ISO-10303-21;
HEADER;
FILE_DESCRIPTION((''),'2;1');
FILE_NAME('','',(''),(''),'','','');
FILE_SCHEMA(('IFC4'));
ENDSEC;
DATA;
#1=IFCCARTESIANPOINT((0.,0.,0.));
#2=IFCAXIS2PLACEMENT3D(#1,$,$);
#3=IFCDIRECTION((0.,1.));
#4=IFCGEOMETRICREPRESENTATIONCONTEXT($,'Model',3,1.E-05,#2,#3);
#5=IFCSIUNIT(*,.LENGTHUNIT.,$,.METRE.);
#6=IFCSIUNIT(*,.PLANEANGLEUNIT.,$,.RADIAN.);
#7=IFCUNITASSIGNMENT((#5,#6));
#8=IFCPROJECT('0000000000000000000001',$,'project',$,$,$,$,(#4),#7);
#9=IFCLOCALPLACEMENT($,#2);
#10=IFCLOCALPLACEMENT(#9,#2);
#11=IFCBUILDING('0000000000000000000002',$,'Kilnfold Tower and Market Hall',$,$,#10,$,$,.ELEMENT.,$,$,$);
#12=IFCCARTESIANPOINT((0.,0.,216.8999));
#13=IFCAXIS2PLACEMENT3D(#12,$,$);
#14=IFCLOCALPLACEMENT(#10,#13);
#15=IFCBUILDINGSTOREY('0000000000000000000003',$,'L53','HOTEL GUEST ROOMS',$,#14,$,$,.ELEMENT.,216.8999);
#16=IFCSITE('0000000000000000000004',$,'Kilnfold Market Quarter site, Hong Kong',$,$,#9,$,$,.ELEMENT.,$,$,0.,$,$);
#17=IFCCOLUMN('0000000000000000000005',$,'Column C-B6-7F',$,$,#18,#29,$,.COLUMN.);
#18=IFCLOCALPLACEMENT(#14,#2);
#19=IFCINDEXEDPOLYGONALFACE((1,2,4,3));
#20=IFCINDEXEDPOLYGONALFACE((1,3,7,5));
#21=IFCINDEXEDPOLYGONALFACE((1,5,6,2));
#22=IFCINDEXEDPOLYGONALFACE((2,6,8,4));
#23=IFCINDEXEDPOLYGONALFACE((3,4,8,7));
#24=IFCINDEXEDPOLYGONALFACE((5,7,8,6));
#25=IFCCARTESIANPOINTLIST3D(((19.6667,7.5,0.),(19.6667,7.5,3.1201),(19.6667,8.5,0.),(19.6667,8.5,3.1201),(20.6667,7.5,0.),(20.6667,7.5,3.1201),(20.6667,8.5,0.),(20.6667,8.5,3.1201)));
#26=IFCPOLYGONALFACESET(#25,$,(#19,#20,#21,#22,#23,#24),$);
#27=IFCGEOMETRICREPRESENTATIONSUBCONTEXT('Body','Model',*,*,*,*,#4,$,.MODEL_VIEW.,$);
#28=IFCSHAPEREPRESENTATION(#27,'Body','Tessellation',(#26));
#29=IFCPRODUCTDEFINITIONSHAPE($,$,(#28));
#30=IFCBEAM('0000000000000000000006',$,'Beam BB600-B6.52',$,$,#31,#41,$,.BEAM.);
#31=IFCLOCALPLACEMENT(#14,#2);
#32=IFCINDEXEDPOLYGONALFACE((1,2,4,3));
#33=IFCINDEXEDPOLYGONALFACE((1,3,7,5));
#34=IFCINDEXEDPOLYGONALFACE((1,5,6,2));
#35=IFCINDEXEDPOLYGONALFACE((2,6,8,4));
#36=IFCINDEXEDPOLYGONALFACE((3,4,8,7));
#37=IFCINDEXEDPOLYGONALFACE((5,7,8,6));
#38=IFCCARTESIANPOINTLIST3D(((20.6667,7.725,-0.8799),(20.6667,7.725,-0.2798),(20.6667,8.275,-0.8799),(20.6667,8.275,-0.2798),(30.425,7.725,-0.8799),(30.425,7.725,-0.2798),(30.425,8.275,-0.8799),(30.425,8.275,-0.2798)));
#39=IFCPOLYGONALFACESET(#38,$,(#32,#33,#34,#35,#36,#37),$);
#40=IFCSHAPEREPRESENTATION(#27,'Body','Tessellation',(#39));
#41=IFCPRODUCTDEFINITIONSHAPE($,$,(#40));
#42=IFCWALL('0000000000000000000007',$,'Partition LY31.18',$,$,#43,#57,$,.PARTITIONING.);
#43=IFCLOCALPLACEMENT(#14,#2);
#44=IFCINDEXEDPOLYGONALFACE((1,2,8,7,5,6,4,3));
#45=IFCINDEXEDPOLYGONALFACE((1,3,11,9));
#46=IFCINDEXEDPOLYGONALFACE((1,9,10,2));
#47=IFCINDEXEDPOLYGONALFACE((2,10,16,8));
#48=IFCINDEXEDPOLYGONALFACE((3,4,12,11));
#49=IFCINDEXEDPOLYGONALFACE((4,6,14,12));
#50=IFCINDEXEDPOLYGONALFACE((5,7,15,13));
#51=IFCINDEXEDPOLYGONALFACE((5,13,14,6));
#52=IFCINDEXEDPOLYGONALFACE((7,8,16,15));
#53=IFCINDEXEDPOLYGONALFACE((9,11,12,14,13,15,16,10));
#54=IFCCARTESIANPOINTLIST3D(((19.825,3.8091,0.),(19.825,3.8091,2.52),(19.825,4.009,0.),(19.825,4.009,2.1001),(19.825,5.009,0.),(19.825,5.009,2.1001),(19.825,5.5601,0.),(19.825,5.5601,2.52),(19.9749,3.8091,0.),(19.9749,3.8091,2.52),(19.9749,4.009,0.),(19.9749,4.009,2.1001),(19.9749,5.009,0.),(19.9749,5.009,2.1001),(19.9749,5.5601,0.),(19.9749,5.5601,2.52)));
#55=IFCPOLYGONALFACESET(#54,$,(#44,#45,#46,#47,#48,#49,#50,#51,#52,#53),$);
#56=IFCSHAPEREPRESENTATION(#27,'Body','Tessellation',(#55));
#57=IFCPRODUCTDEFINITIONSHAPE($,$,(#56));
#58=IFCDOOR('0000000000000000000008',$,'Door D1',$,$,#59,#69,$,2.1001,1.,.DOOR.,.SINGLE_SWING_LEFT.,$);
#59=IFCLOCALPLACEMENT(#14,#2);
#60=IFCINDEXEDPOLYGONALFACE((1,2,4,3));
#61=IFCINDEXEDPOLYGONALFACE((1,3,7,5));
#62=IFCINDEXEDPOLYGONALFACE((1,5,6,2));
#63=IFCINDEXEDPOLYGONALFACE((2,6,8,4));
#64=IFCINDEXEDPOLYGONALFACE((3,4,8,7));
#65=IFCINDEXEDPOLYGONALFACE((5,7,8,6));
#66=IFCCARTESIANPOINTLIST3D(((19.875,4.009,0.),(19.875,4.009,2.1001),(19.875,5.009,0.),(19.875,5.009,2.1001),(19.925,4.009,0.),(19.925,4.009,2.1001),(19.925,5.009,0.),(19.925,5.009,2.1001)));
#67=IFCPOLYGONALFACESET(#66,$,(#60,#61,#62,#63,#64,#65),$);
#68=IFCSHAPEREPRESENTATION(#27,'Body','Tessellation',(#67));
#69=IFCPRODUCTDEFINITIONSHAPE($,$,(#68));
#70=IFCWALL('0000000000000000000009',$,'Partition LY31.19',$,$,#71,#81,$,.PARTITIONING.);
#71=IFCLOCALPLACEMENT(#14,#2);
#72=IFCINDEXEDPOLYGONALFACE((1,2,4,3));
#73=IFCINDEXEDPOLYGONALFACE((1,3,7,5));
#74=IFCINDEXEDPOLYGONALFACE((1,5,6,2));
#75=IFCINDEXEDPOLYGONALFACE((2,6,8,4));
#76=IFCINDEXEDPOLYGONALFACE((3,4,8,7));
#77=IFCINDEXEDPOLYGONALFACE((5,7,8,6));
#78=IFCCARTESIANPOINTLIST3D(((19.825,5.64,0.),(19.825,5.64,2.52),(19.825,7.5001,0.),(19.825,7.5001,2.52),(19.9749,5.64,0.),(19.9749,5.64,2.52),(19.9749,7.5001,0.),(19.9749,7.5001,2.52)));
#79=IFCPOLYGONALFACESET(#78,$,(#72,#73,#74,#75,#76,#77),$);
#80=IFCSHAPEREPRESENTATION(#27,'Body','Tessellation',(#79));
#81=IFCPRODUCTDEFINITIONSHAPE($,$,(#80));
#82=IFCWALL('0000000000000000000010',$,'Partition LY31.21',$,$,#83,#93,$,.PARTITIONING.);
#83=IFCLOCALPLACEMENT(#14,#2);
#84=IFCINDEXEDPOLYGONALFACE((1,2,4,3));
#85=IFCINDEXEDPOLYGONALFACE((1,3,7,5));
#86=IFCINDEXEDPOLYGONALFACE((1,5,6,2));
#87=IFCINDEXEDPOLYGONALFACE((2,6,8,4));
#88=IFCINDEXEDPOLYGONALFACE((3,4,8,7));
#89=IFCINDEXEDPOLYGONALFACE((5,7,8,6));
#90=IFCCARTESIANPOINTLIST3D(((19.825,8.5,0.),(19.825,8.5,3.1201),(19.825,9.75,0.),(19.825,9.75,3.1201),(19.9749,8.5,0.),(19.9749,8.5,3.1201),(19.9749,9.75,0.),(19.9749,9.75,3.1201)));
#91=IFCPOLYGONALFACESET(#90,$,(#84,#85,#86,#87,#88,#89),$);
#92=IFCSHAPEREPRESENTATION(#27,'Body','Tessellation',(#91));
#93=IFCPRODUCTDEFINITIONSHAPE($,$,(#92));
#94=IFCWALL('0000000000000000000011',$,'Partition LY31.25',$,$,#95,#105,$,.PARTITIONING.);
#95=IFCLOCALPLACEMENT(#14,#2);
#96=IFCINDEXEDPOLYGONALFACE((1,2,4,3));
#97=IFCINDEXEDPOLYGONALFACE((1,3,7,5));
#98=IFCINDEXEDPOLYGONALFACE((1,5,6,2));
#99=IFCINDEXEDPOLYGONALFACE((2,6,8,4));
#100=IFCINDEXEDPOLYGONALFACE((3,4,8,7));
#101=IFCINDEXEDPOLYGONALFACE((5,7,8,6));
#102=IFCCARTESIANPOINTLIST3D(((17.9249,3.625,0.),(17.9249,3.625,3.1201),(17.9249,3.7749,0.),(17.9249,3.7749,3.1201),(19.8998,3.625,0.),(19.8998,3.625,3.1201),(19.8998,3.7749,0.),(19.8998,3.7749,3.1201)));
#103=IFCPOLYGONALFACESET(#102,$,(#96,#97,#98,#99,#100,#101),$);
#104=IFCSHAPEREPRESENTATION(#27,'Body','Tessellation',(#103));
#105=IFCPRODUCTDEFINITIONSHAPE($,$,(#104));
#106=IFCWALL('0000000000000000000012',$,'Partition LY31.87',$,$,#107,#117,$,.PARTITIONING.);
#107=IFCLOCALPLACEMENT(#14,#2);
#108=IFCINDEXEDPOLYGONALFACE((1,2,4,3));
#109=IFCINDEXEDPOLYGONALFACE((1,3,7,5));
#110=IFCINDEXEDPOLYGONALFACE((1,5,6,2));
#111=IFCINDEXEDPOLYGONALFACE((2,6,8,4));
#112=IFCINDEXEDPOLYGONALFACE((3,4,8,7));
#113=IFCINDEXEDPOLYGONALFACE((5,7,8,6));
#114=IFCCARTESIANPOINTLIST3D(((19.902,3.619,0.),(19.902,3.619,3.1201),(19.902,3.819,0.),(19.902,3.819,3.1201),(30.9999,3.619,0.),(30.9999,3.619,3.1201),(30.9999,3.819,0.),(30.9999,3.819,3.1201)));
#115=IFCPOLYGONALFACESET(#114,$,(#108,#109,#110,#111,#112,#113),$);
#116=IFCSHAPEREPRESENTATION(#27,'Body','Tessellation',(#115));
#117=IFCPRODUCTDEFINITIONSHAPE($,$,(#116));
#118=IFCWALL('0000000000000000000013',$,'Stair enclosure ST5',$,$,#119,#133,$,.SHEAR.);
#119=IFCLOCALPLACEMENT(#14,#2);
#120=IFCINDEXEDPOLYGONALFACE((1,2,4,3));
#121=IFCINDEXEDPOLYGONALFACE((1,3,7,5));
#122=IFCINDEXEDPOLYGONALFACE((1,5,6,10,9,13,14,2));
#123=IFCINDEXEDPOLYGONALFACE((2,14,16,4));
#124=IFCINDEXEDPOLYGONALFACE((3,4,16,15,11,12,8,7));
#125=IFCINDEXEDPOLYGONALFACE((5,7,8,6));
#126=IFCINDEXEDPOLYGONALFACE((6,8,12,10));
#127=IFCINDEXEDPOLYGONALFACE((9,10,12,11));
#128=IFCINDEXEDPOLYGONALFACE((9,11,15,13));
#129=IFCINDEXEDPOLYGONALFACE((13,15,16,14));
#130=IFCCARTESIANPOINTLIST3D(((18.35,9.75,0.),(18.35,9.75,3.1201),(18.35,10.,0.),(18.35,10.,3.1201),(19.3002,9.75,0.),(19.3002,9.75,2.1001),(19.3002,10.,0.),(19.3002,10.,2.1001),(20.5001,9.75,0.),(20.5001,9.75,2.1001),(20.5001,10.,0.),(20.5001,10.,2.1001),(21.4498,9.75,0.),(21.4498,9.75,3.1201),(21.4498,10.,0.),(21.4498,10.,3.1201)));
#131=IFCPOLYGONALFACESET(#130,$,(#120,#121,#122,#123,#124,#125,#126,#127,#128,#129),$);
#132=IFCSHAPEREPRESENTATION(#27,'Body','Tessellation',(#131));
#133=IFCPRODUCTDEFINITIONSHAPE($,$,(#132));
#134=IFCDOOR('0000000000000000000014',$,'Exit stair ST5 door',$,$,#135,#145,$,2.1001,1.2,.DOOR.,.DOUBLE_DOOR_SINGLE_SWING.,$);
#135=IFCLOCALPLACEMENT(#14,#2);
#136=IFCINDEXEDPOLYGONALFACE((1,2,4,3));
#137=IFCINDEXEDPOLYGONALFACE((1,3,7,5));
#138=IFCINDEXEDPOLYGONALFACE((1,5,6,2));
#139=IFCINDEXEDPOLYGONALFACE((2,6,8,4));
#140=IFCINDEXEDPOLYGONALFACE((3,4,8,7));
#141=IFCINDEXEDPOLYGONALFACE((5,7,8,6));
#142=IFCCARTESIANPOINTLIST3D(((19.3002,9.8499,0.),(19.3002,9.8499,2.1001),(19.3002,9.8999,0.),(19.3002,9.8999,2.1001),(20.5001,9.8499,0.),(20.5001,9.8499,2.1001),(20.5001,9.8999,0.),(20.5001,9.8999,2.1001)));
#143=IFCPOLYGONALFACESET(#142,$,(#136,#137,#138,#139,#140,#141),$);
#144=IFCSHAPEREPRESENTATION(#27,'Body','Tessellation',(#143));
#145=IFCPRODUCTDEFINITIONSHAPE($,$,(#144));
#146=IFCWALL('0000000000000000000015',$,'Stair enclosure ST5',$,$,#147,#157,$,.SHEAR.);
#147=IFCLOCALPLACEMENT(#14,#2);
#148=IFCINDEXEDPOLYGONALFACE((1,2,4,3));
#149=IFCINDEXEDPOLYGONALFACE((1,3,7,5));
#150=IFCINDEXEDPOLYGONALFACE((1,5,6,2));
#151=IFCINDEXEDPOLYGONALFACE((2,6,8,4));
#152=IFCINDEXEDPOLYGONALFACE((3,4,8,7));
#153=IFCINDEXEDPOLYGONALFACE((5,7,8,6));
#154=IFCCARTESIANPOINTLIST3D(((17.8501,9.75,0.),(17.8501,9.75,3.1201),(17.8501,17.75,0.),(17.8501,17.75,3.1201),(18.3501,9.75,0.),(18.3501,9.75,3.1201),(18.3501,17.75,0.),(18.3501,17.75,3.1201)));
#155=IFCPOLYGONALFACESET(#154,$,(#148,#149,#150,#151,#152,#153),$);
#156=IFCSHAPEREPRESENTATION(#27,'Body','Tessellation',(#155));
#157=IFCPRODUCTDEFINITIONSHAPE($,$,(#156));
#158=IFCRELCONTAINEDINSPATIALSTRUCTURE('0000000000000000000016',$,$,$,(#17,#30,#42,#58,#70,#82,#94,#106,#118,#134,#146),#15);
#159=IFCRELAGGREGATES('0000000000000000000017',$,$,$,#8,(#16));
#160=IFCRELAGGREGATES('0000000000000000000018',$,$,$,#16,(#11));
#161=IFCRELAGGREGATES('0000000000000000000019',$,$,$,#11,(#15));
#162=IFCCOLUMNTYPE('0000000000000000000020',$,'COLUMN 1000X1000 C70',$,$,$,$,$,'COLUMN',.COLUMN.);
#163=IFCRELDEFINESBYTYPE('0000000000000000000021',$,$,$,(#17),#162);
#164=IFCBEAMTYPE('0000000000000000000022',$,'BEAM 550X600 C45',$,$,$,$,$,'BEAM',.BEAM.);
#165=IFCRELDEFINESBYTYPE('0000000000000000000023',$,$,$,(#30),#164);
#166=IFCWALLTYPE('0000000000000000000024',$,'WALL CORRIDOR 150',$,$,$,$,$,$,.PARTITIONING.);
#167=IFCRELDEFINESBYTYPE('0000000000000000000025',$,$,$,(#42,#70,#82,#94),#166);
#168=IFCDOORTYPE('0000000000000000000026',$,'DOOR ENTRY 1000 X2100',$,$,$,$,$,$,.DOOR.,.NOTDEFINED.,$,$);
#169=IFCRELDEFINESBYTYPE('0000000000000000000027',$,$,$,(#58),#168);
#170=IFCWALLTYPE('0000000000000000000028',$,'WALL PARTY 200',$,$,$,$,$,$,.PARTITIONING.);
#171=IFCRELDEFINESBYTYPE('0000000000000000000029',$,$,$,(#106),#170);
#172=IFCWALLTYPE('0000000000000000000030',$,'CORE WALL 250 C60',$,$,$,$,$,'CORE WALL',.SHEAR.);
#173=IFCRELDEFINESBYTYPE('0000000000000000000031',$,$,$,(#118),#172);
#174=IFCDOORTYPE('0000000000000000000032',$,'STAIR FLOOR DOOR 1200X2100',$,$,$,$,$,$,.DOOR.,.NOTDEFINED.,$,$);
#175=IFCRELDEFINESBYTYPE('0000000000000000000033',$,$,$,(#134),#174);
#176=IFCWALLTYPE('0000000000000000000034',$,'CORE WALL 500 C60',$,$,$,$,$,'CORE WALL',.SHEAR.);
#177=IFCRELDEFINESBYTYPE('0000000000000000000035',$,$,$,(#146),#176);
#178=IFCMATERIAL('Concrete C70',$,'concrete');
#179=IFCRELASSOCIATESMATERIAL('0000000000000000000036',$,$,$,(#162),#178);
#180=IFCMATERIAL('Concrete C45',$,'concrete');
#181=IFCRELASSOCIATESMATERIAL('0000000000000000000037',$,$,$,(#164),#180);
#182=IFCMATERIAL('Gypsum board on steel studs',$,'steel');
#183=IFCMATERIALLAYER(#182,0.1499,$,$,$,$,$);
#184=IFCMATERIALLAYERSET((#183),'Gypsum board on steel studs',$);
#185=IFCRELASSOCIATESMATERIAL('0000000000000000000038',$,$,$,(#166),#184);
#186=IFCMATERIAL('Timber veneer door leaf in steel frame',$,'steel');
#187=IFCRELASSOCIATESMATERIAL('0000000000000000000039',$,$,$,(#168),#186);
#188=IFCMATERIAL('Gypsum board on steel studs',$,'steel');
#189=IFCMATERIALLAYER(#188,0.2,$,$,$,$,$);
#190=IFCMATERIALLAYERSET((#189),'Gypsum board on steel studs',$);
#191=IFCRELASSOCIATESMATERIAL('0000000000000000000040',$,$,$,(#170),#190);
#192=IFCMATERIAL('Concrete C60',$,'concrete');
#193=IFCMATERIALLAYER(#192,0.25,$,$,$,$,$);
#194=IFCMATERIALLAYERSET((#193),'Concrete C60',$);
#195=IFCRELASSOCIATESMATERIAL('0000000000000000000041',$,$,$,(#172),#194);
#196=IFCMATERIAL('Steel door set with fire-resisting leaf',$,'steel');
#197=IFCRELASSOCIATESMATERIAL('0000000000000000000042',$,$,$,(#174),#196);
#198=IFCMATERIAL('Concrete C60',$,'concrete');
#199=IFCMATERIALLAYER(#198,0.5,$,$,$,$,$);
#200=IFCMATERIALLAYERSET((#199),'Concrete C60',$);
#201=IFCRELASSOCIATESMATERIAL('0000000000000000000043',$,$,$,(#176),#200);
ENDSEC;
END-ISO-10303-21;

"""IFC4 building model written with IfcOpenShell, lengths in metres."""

from ifc_helpers import new_model, si_unit, direction, frame, frame_2d, origin, origin_2d, place, context, subcontext, project, spatial, rectangle, extrude, source, transform, mapped, material, layer, layer_set, material_profile, profile_set, type_object, element, fill, save


model = new_model("IFC4")

# Units and contexts
model_context = context("Model", 3, precision=1e-05, world=origin(), true_north=direction((0.0, 1.0)))
body_context = subcontext(model_context, "Body", "Model", "MODEL_VIEW")
ifc_project = project(units=[si_unit("LENGTHUNIT", "METRE"), si_unit("PLANEANGLEUNIT", "RADIAN")], contexts=[model_context])

# Site, building, storey
site_placement = place(None, origin())
site = spatial("IfcSite", under=ifc_project, at=site_placement, Name="Kilnfold Market Quarter site, Hong Kong", CompositionType="ELEMENT", RefElevation=0.0)
building_placement = place(site_placement, origin())
building = spatial("IfcBuilding", under=site, at=building_placement, Name="Kilnfold Tower and Market Hall", CompositionType="ELEMENT")
storey_placement = place(building_placement, frame((0.0, 0.0, 216.8999)))
storey = spatial("IfcBuildingStorey", under=building, at=storey_placement, Name="L53", Description="HOTEL GUEST ROOMS", CompositionType="ELEMENT", Elevation=216.8999)

# Column
ifc_material_1 = material(Name="Concrete C70", Category="concrete")
ifc_material_profile_1 = material_profile(ifc_material_1, rectangle(XDim=1.0, YDim=1.0, at=origin_2d()), Name="RC 1000x1000")
ifc_profile_set_1 = profile_set([ifc_material_profile_1], Name="Concrete C70")
column_type = type_object("IfcColumnType", Name="COLUMN 1000X1000 C70", ElementType="COLUMN", PredefinedType="COLUMN", material=ifc_profile_set_1)
shared_shape_1 = source(origin(), body_context, "Body", "SweptSolid", [
    extrude(rectangle(XDim=1.0, YDim=1.0, at=origin_2d()), origin(), (0.0, 0.0, 1.0), 3.1201),
])
column_placement = place(storey_placement, frame((20.1667, 8.0, 0.0), z_axis=(0.0, 0.0, 1.0), x_axis=(1.0, 0.0, 0.0)))
element("IfcColumn", 1, at=column_placement, inside=storey, type_object=column_type, Name="Column C-B6-7F", PredefinedType="COLUMN", context=body_context, shape_type="MappedRepresentation", body=[
    mapped(shared_shape_1, transform((0.0, 0.0, 0.0))),
])

# Beam
ifc_material_2 = material(Name="Concrete C45", Category="concrete")
ifc_material_profile_2 = material_profile(ifc_material_2, rectangle(XDim=0.55, YDim=0.6001, at=origin_2d()), Name="RC 550x600")
ifc_profile_set_2 = profile_set([ifc_material_profile_2], Name="Concrete C45")
beam_type = type_object("IfcBeamType", Name="BEAM 550X600 C45", ElementType="BEAM", PredefinedType="BEAM", material=ifc_profile_set_2)
shared_shape_2 = source(origin(), body_context, "Body", "SweptSolid", [
    extrude(rectangle(XDim=0.55, YDim=0.6001, at=origin_2d()), origin(), (0.0, 0.0, 1.0), 9.7583),
])
beam_placement = place(storey_placement, frame((20.6667, 8.0, -0.5798), z_axis=(1.0, 0.0, 0.0), x_axis=(0.0, 1.0, 0.0)))
element("IfcBeam", 2, at=beam_placement, inside=storey, type_object=beam_type, Name="Beam BB600-B6.52", PredefinedType="BEAM", context=body_context, shape_type="MappedRepresentation", body=[
    mapped(shared_shape_2, transform((0.0, 0.0, 0.0))),
])

# Wall, opening, door
ifc_material_3 = material(Name="Gypsum board on steel studs", Category="steel")
ifc_layer_1 = layer(ifc_material_3, 0.1499)
ifc_layer_set_1 = layer_set([ifc_layer_1], Name="Gypsum board on steel studs")
wall_type_1 = type_object("IfcWallType", Name="WALL CORRIDOR 150", PredefinedType="PARTITIONING", material=ifc_layer_set_1)
wall_1_placement = place(storey_placement, frame((19.8999, 3.8091, 0.0), z_axis=(0.0, 0.0, 1.0), x_axis=(0.0, 1.0, 0.0)))
wall_1 = element("IfcWall", 3, at=wall_1_placement, inside=storey, type_object=wall_type_1, Name="Partition LY31.18", PredefinedType="PARTITIONING", context=body_context, shape_type="SweptSolid", body=[
    extrude(rectangle(XDim=1.751, YDim=0.1499, at=frame_2d((0.8755, 0.0))), origin(), (0.0, 0.0, 1.0), 2.52),
])
opening_1_placement = place(wall_1_placement, frame((0.2, 0.0, 0.0)))
opening_1 = element("IfcOpeningElement", 4, at=opening_1_placement, cuts=wall_1, PredefinedType="OPENING", context=body_context, shape_type="SweptSolid", body=[
    extrude(rectangle(XDim=1.0, YDim=2.1001, at=frame_2d((0.5, 1.05))), frame((0.0, 0.085, 0.0), z_axis=(0.0, -1.0, 0.0), x_axis=(1.0, 0.0, 0.0)), (0.0, 0.0, 1.0), 0.1699),
])
ifc_material_4 = material(Name="Timber veneer door leaf in steel frame", Category="steel")
door_type_1 = type_object("IfcDoorType", Name="DOOR ENTRY 1000 X2100", OperationType="NOTDEFINED", PredefinedType="DOOR", material=ifc_material_4)
door_1_placement = place(opening_1_placement, origin())
door_1 = element("IfcDoor", 5, at=door_1_placement, inside=storey, type_object=door_type_1, Name="Door D1", OperationType="SINGLE_SWING_LEFT", OverallHeight=2.1001, OverallWidth=1.0, PredefinedType="DOOR", context=body_context, shape_type="SweptSolid", body=[
    extrude(rectangle(XDim=1.0, YDim=2.1001, at=frame_2d((0.5, 1.05))), frame((0.0, 0.0249, 0.0), z_axis=(0.0, -1.0, 0.0), x_axis=(1.0, 0.0, 0.0)), (0.0, 0.0, 1.0), 0.05),
])
fill(opening_1, door_1)

# Walls
wall_2_placement = place(storey_placement, frame((19.8999, 5.6399, 0.0), z_axis=(0.0, 0.0, 1.0), x_axis=(0.0, 1.0, 0.0)))
element("IfcWall", 6, at=wall_2_placement, inside=storey, type_object=wall_type_1, Name="Partition LY31.19", PredefinedType="PARTITIONING", context=body_context, shape_type="SweptSolid", body=[
    extrude(rectangle(XDim=1.8601, YDim=0.1499, at=frame_2d((0.9302, 0.0))), origin(), (0.0, 0.0, 1.0), 2.52),
])
wall_3_placement = place(storey_placement, frame((19.8999, 8.5, 0.0), z_axis=(0.0, 0.0, 1.0), x_axis=(0.0, 1.0, 0.0)))
element("IfcWall", 7, at=wall_3_placement, inside=storey, type_object=wall_type_1, Name="Partition LY31.21", PredefinedType="PARTITIONING", context=body_context, shape_type="SweptSolid", body=[
    extrude(rectangle(XDim=1.25, YDim=0.1499, at=frame_2d((0.625, 0.0))), origin(), (0.0, 0.0, 1.0), 3.1201),
])
wall_4_placement = place(storey_placement, frame((17.925, 3.7, 0.0), z_axis=(0.0, 0.0, 1.0), x_axis=(1.0, 0.0, 0.0)))
element("IfcWall", 8, at=wall_4_placement, inside=storey, type_object=wall_type_1, Name="Partition LY31.25", PredefinedType="PARTITIONING", context=body_context, shape_type="SweptSolid", body=[
    extrude(rectangle(XDim=1.9749, YDim=0.1499, at=frame_2d((0.9873, 0.0))), origin(), (0.0, 0.0, 1.0), 3.1201),
])
ifc_material_5 = material(Name="Gypsum board on steel studs", Category="steel")
ifc_layer_2 = layer(ifc_material_5, 0.2)
ifc_layer_set_2 = layer_set([ifc_layer_2], Name="Gypsum board on steel studs")
wall_type_2 = type_object("IfcWallType", Name="WALL PARTY 200", PredefinedType="PARTITIONING", material=ifc_layer_set_2)
wall_5_placement = place(storey_placement, frame((19.9021, 3.719, 0.0), z_axis=(0.0, 0.0, 1.0), x_axis=(1.0, 0.0, 0.0)))
element("IfcWall", 9, at=wall_5_placement, inside=storey, type_object=wall_type_2, Name="Partition LY31.87", PredefinedType="PARTITIONING", context=body_context, shape_type="SweptSolid", body=[
    extrude(rectangle(XDim=11.0979, YDim=0.2, at=frame_2d((5.5488, 0.0))), origin(), (0.0, 0.0, 1.0), 3.1201),
])

# Wall, opening, door
ifc_material_6 = material(Name="Concrete C60", Category="concrete")
ifc_layer_3 = layer(ifc_material_6, 0.25)
ifc_layer_set_3 = layer_set([ifc_layer_3], Name="Concrete C60")
wall_type_3 = type_object("IfcWallType", Name="CORE WALL 250 C60", ElementType="CORE WALL", PredefinedType="SHEAR", material=ifc_layer_set_3)
shared_shape_3 = source(origin(), body_context, "Body", "SweptSolid", [
    extrude(rectangle(XDim=3.0999, YDim=0.25, at=frame_2d((1.5498, 0.0))), origin(), (0.0, 0.0, 1.0), 3.1201),
])
wall_6_placement = place(storey_placement, frame((18.3501, 9.875, 0.0), z_axis=(0.0, 0.0, 1.0), x_axis=(1.0, 0.0, 0.0)))
wall_6 = element("IfcWall", 10, at=wall_6_placement, inside=storey, type_object=wall_type_3, Name="Stair enclosure ST5", PredefinedType="SHEAR", context=body_context, shape_type="MappedRepresentation", body=[
    mapped(shared_shape_3, transform((0.0, 0.0, 0.0))),
])
opening_2_placement = place(wall_6_placement, frame((0.95, 0.0, 0.0)))
opening_2 = element("IfcOpeningElement", 11, at=opening_2_placement, cuts=wall_6, PredefinedType="OPENING", context=body_context, shape_type="SweptSolid", body=[
    extrude(rectangle(XDim=1.2, YDim=2.1001, at=frame_2d((0.6001, 1.05))), frame((0.0, 0.135, 0.0), z_axis=(0.0, -1.0, 0.0), x_axis=(1.0, 0.0, 0.0)), (0.0, 0.0, 1.0), 0.27),
])
ifc_material_7 = material(Name="Steel door set with fire-resisting leaf", Category="steel")
door_type_2 = type_object("IfcDoorType", Name="STAIR FLOOR DOOR 1200X2100", OperationType="NOTDEFINED", PredefinedType="DOOR", material=ifc_material_7)
door_2_placement = place(opening_2_placement, origin())
door_2 = element("IfcDoor", 12, at=door_2_placement, inside=storey, type_object=door_type_2, Name="Exit stair ST5 door", OperationType="DOUBLE_DOOR_SINGLE_SWING", OverallHeight=2.1001, OverallWidth=1.2, PredefinedType="DOOR", context=body_context, shape_type="SweptSolid", body=[
    extrude(rectangle(XDim=1.2, YDim=2.1001, at=frame_2d((0.6001, 1.05))), frame((0.0, 0.0249, 0.0), z_axis=(0.0, -1.0, 0.0), x_axis=(1.0, 0.0, 0.0)), (0.0, 0.0, 1.0), 0.05),
])
fill(opening_2, door_2)

# Wall
ifc_material_8 = material(Name="Concrete C60", Category="concrete")
ifc_layer_4 = layer(ifc_material_8, 0.5)
ifc_layer_set_4 = layer_set([ifc_layer_4], Name="Concrete C60")
wall_type_4 = type_object("IfcWallType", Name="CORE WALL 500 C60", ElementType="CORE WALL", PredefinedType="SHEAR", material=ifc_layer_set_4)
shared_shape_4 = source(origin(), body_context, "Body", "SweptSolid", [
    extrude(rectangle(XDim=8.0, YDim=0.5, at=frame_2d((4.0, 0.0))), origin(), (0.0, 0.0, 1.0), 3.1201),
])
wall_7_placement = place(storey_placement, frame((18.1001, 9.75, 0.0), z_axis=(0.0, 0.0, 1.0), x_axis=(0.0, 1.0, 0.0)))
element("IfcWall", 13, at=wall_7_placement, inside=storey, type_object=wall_type_4, Name="Stair enclosure ST5", PredefinedType="SHEAR", context=body_context, shape_type="MappedRepresentation", body=[
    mapped(shared_shape_4, transform((0.0, 0.0, 0.0))),
])

save(model, "model.ifc")
